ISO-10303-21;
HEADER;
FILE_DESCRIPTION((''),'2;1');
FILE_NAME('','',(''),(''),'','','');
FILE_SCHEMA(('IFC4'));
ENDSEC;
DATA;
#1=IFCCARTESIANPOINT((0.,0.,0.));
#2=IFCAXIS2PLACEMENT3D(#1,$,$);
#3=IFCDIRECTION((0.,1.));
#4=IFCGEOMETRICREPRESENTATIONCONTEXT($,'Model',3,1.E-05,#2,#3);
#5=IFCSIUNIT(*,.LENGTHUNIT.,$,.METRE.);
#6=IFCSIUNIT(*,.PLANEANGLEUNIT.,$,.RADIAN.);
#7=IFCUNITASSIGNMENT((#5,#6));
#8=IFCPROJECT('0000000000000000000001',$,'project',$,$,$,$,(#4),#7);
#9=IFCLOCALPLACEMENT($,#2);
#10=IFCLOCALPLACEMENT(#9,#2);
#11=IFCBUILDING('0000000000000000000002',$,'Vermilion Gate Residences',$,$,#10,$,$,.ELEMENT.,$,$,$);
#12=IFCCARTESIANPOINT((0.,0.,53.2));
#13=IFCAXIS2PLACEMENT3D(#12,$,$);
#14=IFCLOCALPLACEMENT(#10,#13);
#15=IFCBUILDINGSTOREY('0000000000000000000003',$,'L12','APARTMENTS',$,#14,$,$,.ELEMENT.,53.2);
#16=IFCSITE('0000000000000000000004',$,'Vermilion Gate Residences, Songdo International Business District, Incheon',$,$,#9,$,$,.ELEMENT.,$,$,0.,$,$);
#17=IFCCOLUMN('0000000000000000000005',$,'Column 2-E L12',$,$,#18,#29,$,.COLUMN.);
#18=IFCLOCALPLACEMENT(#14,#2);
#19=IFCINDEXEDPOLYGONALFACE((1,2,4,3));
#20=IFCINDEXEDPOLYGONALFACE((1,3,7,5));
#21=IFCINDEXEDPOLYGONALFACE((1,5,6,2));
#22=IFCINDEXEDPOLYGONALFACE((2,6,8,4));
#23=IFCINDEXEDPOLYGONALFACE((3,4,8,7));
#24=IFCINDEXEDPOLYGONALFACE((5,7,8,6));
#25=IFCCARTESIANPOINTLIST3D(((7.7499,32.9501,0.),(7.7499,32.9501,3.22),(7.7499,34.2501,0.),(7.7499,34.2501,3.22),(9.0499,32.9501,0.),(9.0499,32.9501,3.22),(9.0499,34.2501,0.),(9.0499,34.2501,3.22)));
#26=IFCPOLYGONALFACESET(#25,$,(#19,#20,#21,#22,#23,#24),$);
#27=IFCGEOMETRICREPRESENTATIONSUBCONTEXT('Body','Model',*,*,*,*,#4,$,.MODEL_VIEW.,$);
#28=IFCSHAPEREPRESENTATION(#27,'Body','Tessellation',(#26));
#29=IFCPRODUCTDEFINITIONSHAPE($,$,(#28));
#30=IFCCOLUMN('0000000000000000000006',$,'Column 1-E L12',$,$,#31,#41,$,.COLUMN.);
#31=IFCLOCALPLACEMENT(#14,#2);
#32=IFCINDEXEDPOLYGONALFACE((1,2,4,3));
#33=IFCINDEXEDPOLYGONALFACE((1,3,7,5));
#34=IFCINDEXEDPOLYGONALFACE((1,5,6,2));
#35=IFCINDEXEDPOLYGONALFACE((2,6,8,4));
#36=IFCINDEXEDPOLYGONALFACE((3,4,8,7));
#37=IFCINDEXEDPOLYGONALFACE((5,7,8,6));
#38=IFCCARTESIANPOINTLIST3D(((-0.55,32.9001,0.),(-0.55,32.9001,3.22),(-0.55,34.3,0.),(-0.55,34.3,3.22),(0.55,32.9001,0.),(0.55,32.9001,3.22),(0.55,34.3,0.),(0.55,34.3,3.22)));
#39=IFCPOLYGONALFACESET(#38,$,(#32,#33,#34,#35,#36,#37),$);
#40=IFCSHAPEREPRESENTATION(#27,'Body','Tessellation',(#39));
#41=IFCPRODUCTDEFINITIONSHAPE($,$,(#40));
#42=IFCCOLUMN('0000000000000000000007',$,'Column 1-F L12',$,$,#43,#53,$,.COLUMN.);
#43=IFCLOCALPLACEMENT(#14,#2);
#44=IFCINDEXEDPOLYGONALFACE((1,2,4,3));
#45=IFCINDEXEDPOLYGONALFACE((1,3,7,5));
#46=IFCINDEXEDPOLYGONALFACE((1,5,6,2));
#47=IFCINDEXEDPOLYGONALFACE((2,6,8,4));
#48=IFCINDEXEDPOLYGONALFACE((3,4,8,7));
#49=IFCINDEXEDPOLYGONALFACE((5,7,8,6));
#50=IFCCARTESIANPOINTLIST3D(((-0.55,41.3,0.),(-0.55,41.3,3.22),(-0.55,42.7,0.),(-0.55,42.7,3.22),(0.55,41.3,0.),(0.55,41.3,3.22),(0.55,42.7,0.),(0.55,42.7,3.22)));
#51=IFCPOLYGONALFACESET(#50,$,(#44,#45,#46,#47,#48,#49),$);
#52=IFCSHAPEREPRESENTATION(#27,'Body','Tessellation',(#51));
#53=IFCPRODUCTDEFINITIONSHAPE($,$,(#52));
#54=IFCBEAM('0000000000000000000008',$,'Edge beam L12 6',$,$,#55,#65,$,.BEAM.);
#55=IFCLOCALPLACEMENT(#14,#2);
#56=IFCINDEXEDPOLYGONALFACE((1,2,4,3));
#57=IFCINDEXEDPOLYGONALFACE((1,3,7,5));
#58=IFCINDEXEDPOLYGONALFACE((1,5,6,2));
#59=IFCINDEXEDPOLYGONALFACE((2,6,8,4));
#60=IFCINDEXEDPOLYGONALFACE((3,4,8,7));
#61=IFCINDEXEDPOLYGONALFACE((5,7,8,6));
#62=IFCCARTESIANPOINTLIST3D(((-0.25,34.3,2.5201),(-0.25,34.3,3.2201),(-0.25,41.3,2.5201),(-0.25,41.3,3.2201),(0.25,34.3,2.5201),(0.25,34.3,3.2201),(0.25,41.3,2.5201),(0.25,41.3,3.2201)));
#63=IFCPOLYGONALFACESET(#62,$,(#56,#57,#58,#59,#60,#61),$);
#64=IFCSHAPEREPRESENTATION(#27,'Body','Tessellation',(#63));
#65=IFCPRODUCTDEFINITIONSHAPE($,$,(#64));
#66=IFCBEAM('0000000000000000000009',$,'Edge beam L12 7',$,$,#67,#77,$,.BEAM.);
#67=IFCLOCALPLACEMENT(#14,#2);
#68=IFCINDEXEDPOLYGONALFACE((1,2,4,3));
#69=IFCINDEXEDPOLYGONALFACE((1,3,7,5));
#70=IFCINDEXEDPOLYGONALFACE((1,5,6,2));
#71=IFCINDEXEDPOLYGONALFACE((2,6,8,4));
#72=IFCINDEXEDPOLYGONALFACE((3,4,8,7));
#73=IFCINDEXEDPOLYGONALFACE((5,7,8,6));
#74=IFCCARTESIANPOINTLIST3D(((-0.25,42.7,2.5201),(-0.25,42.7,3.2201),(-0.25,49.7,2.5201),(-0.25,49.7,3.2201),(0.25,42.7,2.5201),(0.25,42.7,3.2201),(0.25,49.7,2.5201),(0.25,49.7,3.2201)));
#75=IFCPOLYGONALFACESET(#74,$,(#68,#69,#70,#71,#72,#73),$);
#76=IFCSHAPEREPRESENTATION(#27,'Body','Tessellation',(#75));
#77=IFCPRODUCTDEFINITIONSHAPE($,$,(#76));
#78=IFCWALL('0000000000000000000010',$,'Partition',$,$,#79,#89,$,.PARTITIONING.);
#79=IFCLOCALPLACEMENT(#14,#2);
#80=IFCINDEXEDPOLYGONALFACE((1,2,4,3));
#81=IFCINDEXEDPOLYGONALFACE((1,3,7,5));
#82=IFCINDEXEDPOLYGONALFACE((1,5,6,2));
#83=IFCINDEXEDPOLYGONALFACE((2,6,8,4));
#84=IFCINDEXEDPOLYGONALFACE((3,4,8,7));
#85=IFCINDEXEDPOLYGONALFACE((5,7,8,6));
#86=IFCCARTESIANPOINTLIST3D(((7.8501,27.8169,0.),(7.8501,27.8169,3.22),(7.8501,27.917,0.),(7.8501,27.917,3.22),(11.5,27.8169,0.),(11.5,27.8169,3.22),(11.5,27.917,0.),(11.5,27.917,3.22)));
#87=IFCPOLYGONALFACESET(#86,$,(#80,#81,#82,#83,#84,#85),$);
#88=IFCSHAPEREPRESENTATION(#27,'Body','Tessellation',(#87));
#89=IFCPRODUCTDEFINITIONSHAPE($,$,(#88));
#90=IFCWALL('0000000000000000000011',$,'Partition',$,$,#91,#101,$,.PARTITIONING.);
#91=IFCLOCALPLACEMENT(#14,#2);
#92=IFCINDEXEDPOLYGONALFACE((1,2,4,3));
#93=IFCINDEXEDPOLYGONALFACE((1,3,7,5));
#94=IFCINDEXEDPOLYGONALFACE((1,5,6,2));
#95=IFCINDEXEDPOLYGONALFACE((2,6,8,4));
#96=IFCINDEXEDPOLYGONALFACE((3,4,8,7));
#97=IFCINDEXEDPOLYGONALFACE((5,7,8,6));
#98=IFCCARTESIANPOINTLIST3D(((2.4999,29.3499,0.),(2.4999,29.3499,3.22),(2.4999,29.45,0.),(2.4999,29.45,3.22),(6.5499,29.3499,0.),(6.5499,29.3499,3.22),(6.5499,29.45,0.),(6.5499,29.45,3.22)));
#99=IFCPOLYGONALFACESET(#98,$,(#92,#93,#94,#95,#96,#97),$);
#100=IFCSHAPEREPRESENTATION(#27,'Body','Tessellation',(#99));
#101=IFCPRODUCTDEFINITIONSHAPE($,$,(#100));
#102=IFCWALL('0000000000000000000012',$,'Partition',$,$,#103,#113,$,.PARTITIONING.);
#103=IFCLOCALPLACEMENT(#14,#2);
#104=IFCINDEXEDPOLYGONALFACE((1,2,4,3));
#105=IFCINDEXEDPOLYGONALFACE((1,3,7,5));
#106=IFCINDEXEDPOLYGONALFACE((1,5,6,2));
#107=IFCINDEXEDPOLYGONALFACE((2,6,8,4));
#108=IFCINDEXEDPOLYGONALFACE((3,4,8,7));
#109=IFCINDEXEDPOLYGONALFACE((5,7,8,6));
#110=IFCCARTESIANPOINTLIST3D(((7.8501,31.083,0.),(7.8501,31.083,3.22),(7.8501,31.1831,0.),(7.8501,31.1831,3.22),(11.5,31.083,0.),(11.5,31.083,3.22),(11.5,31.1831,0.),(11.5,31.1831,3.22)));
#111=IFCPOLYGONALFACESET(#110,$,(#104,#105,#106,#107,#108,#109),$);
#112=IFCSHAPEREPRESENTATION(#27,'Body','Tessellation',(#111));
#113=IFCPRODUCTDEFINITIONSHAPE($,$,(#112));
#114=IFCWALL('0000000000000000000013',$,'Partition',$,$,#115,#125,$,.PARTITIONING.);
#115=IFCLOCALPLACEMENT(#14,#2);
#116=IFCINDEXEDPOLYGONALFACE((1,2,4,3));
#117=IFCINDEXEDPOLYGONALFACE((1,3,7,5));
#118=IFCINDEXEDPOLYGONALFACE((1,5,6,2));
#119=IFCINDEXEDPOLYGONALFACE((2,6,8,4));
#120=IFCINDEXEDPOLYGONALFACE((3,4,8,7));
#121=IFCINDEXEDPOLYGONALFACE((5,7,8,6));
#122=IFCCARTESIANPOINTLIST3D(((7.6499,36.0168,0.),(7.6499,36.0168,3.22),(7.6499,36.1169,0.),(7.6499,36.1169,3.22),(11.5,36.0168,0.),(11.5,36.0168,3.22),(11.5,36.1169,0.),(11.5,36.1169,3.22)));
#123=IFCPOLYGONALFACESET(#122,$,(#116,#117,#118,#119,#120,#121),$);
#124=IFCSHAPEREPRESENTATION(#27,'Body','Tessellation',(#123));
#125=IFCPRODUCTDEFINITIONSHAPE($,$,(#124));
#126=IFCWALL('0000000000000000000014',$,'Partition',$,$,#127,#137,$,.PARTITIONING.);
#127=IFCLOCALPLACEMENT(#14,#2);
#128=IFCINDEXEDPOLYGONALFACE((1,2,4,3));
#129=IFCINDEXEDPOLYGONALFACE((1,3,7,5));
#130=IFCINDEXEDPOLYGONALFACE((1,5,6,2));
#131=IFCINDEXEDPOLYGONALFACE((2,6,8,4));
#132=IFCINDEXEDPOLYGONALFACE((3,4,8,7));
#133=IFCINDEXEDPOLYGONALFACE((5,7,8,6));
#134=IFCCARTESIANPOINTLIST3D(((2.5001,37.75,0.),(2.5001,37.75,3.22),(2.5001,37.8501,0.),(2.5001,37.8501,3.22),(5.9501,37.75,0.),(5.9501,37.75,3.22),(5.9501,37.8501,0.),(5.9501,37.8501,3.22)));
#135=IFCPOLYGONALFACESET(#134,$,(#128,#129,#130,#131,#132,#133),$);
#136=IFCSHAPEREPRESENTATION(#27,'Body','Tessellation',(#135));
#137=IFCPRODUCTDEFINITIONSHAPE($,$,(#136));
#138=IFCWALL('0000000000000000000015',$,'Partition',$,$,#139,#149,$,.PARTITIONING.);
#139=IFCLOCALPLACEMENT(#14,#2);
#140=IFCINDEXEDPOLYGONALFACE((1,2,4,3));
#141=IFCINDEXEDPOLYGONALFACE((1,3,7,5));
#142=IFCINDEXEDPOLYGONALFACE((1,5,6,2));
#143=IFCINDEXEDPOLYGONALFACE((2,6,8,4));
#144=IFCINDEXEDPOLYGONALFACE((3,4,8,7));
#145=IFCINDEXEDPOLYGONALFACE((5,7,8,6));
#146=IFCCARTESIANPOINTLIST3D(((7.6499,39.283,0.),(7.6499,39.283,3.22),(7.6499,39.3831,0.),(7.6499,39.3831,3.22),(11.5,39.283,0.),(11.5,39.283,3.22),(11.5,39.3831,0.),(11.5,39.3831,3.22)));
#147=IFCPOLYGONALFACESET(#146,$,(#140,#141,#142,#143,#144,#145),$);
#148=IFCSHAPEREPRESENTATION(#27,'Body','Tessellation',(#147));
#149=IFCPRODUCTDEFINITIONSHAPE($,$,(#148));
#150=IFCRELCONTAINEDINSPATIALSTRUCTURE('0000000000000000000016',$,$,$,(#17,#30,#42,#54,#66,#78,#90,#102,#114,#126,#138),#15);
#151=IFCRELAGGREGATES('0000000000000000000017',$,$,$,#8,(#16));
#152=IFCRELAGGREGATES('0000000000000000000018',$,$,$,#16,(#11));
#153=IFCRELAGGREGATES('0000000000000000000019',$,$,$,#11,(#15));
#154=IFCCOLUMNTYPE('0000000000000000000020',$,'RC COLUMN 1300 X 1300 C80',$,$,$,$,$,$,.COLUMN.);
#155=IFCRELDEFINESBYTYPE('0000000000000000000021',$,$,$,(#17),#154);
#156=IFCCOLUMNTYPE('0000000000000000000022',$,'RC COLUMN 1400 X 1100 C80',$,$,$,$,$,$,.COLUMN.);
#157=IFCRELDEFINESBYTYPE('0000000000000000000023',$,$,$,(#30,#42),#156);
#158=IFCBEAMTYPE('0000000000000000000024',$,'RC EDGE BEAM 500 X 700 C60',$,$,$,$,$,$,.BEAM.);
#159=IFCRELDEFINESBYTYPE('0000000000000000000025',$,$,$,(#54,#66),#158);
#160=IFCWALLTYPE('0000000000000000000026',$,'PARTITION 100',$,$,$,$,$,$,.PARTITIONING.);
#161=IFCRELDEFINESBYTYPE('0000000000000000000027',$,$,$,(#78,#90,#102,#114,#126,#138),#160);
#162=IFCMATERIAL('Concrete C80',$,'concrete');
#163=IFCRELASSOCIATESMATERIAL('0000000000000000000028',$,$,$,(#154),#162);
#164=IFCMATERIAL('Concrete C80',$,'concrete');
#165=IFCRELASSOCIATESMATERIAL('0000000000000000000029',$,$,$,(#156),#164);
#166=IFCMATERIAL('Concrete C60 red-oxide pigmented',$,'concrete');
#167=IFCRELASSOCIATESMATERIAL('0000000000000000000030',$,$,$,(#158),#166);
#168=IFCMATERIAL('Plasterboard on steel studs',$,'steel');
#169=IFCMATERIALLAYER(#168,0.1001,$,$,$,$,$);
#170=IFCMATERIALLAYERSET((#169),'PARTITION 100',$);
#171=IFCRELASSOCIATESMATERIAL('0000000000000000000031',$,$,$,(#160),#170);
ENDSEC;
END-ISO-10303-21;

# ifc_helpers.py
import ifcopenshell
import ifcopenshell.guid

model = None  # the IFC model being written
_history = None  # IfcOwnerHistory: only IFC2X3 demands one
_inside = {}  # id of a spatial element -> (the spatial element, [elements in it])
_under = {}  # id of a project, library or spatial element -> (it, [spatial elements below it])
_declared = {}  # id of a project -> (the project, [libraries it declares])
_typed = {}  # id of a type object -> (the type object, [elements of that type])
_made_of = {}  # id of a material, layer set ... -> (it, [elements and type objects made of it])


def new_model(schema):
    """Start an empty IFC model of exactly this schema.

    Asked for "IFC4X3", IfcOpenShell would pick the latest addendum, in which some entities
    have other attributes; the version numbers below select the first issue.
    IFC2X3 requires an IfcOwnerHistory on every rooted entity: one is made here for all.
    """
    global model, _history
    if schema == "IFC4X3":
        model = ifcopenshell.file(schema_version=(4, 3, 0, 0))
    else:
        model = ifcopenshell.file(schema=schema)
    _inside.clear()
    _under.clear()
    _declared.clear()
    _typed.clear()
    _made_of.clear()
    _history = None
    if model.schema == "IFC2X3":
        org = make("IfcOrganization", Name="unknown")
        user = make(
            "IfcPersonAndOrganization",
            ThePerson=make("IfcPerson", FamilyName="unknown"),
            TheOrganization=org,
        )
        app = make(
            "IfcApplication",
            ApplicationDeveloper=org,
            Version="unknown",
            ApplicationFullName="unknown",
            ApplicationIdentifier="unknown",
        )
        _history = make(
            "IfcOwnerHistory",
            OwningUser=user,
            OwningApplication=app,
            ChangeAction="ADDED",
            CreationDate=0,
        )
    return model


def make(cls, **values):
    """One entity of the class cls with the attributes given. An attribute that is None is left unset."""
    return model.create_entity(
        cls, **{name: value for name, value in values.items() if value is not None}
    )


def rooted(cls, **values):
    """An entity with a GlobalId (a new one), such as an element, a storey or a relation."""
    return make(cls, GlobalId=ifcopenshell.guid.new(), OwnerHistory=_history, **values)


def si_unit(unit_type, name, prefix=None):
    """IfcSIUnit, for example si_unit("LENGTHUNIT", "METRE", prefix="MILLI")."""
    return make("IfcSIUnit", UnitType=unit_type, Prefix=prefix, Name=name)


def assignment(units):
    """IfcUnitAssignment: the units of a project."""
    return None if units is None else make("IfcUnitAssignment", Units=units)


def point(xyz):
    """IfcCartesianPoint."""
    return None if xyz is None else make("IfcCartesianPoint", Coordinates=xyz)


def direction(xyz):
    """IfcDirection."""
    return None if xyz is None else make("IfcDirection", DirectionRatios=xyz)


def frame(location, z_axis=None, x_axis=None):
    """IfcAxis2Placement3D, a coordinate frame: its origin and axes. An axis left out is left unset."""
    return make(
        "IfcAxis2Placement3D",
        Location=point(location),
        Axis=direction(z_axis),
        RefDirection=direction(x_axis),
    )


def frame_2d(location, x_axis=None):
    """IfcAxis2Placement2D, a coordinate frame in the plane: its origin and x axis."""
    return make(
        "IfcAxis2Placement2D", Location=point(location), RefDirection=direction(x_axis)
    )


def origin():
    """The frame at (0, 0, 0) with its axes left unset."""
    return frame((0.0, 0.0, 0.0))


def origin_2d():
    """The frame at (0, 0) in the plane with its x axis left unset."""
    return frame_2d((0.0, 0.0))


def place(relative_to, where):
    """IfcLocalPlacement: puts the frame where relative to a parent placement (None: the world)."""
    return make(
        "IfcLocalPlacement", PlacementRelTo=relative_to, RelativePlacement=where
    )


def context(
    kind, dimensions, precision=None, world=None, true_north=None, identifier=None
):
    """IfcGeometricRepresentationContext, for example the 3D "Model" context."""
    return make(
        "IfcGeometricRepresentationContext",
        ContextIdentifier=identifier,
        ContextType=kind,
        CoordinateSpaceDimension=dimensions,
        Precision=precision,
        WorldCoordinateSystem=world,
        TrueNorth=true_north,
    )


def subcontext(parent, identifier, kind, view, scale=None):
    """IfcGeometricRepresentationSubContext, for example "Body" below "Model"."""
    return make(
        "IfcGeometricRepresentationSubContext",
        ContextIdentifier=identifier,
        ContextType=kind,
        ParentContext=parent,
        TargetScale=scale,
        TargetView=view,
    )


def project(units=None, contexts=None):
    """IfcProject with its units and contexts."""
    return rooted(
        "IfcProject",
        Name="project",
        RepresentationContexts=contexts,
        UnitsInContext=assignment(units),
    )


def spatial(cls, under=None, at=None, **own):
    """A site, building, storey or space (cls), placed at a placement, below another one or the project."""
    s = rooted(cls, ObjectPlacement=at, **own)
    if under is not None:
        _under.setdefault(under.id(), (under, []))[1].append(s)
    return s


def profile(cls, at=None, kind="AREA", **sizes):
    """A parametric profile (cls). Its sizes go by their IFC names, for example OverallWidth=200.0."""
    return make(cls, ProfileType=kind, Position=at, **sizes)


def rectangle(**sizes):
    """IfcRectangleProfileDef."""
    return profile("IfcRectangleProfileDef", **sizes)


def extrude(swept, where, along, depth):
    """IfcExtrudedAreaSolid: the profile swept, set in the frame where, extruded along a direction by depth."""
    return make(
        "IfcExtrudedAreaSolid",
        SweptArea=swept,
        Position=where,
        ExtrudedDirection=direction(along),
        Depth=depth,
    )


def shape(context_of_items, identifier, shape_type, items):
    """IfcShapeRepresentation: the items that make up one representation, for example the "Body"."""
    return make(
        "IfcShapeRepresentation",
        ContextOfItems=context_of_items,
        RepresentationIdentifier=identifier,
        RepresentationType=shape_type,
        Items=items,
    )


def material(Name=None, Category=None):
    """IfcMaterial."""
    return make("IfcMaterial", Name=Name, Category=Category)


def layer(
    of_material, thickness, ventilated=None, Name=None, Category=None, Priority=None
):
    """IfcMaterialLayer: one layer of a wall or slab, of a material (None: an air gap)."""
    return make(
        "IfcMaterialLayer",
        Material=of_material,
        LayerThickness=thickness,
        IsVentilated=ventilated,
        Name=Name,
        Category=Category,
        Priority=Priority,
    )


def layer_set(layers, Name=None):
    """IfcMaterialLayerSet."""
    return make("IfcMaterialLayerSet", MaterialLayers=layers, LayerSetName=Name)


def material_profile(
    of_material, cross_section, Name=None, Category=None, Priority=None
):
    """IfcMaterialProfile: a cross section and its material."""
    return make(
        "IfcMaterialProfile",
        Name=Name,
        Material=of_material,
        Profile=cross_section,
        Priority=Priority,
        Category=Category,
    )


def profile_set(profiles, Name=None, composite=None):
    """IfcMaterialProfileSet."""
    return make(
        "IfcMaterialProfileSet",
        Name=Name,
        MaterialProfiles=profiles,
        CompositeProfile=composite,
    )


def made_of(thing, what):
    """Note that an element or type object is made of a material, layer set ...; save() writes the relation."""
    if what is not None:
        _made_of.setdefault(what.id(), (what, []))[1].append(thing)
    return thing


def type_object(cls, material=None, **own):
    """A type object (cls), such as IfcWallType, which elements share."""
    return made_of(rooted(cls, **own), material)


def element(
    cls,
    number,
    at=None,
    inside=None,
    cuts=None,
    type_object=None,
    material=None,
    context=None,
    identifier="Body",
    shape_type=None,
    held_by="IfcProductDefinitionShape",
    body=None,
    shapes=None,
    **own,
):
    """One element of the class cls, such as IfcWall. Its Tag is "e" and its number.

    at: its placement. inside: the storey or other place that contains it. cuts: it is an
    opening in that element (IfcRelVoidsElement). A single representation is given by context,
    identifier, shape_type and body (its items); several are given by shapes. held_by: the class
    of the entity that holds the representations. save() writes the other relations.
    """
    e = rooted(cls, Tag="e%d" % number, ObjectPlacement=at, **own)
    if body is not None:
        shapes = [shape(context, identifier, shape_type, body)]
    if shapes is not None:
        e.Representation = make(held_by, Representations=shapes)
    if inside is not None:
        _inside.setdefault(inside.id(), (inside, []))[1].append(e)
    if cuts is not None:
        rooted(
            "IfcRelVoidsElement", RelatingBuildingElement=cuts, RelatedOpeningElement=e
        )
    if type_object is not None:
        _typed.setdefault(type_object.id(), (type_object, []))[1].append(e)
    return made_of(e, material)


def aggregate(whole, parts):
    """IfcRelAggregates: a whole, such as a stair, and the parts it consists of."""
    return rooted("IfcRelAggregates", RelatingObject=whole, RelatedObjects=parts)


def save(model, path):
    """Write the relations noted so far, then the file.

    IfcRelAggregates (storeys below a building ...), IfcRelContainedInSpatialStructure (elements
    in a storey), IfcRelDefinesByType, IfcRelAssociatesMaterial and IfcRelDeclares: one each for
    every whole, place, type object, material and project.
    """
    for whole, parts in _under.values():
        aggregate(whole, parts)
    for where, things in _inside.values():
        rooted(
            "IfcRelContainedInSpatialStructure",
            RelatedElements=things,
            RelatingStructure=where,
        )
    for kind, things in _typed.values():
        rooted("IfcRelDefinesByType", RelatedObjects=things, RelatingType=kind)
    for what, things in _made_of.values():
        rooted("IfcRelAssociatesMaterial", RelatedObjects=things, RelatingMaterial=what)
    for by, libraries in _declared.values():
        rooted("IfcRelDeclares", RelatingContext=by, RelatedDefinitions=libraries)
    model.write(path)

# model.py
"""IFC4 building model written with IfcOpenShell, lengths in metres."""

from ifc_helpers import new_model, si_unit, direction, frame, frame_2d, origin, origin_2d, place, context, subcontext, project, spatial, rectangle, extrude, material, layer, layer_set, material_profile, profile_set, type_object, element, save


model = new_model("IFC4")

# Units and contexts
model_context = context("Model", 3, precision=1e-05, world=origin(), true_north=direction((0.0, 1.0)))
body_context = subcontext(model_context, "Body", "Model", "MODEL_VIEW")
ifc_project = project(units=[si_unit("LENGTHUNIT", "METRE"), si_unit("PLANEANGLEUNIT", "RADIAN")], contexts=[model_context])

# Site, building, storey
site_placement = place(None, origin())
site = spatial("IfcSite", under=ifc_project, at=site_placement, Name="Vermilion Gate Residences, Songdo International Business District, Incheon", CompositionType="ELEMENT", RefElevation=0.0)
building_placement = place(site_placement, origin())
building = spatial("IfcBuilding", under=site, at=building_placement, Name="Vermilion Gate Residences", CompositionType="ELEMENT")
storey_placement = place(building_placement, frame((0.0, 0.0, 53.2)))
storey = spatial("IfcBuildingStorey", under=building, at=storey_placement, Name="L12", Description="APARTMENTS", CompositionType="ELEMENT", Elevation=53.2)

# Columns
ifc_material_1 = material(Name="Concrete C80", Category="concrete")
ifc_material_profile_1 = material_profile(ifc_material_1, rectangle(XDim=1.3, YDim=1.3, at=origin_2d()), Name="RC-1300x1300")
ifc_profile_set_1 = profile_set([ifc_material_profile_1], Name="Concrete C80")
column_type_1 = type_object("IfcColumnType", Name="RC COLUMN 1300 X 1300 C80", PredefinedType="COLUMN", material=ifc_profile_set_1)
column_placement = place(storey_placement, frame((8.3999, 33.6001, 0.0), z_axis=(0.0, 0.0, 1.0), x_axis=(1.0, 0.0, 0.0)))
element("IfcColumn", 1, at=column_placement, inside=storey, type_object=column_type_1, Name="Column 2-E L12", PredefinedType="COLUMN", context=body_context, shape_type="SweptSolid", body=[
    extrude(rectangle(XDim=1.3, YDim=1.3, at=origin_2d()), origin(), (0.0, 0.0, 1.0), 3.22),
])
ifc_material_2 = material(Name="Concrete C80", Category="concrete")
ifc_material_profile_2 = material_profile(ifc_material_2, rectangle(XDim=1.3999, YDim=1.1001, at=origin_2d()), Name="RC-1400x1100")
ifc_profile_set_2 = profile_set([ifc_material_profile_2], Name="Concrete C80")
column_type_2 = type_object("IfcColumnType", Name="RC COLUMN 1400 X 1100 C80", PredefinedType="COLUMN", material=ifc_profile_set_2)
for number, where, z_axis, x_axis, name in (
    (2, (0.0, 33.6001, 0.0), (0.0, 0.0, 1.0), (0.0, 1.0, 0.0), "Column 1-E L12"),
    (3, (0.0, 42.0, 0.0), (0.0, 0.0, 1.0), (0.0, 1.0, 0.0), "Column 1-F L12"),
):
    element("IfcColumn", number, at=place(storey_placement, frame(where, z_axis=z_axis, x_axis=x_axis)), inside=storey, type_object=column_type_2, Name=name, PredefinedType="COLUMN", context=body_context, shape_type="SweptSolid", body=[
        extrude(rectangle(XDim=1.3999, YDim=1.1001, at=origin_2d()), origin(), (0.0, 0.0, 1.0), 3.22),
    ])

# Beams
ifc_material_3 = material(Name="Concrete C60 red-oxide pigmented", Category="concrete")
ifc_material_profile_3 = material_profile(ifc_material_3, rectangle(XDim=0.5, YDim=0.7, at=origin_2d()), Name="RC-500x700")
ifc_profile_set_3 = profile_set([ifc_material_profile_3], Name="Concrete C60 red-oxide pigmented")
beam_type = type_object("IfcBeamType", Name="RC EDGE BEAM 500 X 700 C60", PredefinedType="BEAM", material=ifc_profile_set_3)
for number, where, z_axis, x_axis, name in (
    (4, (0.0, 34.3, 2.8701), (0.0, 1.0, 0.0), (-1.0, 0.0, 0.0), "Edge beam L12 6"),
    (5, (0.0, 42.7, 2.8701), (0.0, 1.0, 0.0), (-1.0, 0.0, 0.0), "Edge beam L12 7"),
):
    element("IfcBeam", number, at=place(storey_placement, frame(where, z_axis=z_axis, x_axis=x_axis)), inside=storey, type_object=beam_type, Name=name, PredefinedType="BEAM", context=body_context, shape_type="SweptSolid", body=[
        extrude(rectangle(XDim=0.5, YDim=0.7, at=origin_2d()), origin(), (0.0, 0.0, 1.0), 7.0),
    ])

# Walls
ifc_material_4 = material(Name="Plasterboard on steel studs", Category="steel")
ifc_layer_1 = layer(ifc_material_4, 0.1001)
ifc_layer_set_1 = layer_set([ifc_layer_1], Name="PARTITION 100")
wall_type_1 = type_object("IfcWallType", Name="PARTITION 100", PredefinedType="PARTITIONING", material=ifc_layer_set_1)
wall_1_placement = place(storey_placement, frame((7.8501, 27.8669, 0.0), z_axis=(0.0, 0.0, 1.0), x_axis=(1.0, 0.0, 0.0)))
element("IfcWall", 6, at=wall_1_placement, inside=storey, type_object=wall_type_1, Name="Partition", PredefinedType="PARTITIONING", context=body_context, shape_type="SweptSolid", body=[
    extrude(rectangle(XDim=3.6499, YDim=0.1001, at=frame_2d((1.825, 0.0))), origin(), (0.0, 0.0, 1.0), 3.22),
])
wall_2_placement = place(storey_placement, frame((2.5, 29.3999, 0.0), z_axis=(0.0, 0.0, 1.0), x_axis=(1.0, 0.0, 0.0)))
element("IfcWall", 7, at=wall_2_placement, inside=storey, type_object=wall_type_1, Name="Partition", PredefinedType="PARTITIONING", context=body_context, shape_type="SweptSolid", body=[
    extrude(rectangle(XDim=4.05, YDim=0.1001, at=frame_2d((2.0249, 0.0))), origin(), (0.0, 0.0, 1.0), 3.22),
])
wall_3_placement = place(storey_placement, frame((7.8501, 31.1331, 0.0), z_axis=(0.0, 0.0, 1.0), x_axis=(1.0, 0.0, 0.0)))
element("IfcWall", 8, at=wall_3_placement, inside=storey, type_object=wall_type_1, Name="Partition", PredefinedType="PARTITIONING", context=body_context, shape_type="SweptSolid", body=[
    extrude(rectangle(XDim=3.6499, YDim=0.1001, at=frame_2d((1.825, 0.0))), origin(), (0.0, 0.0, 1.0), 3.22),
])
wall_4_placement = place(storey_placement, frame((7.6499, 36.0669, 0.0), z_axis=(0.0, 0.0, 1.0), x_axis=(1.0, 0.0, 0.0)))
element("IfcWall", 9, at=wall_4_placement, inside=storey, type_object=wall_type_1, Name="Partition", PredefinedType="PARTITIONING", context=body_context, shape_type="SweptSolid", body=[
    extrude(rectangle(XDim=3.8501, YDim=0.1001, at=frame_2d((1.925, 0.0))), origin(), (0.0, 0.0, 1.0), 3.22),
])
wall_5_placement = place(storey_placement, frame((2.5, 37.8, 0.0), z_axis=(0.0, 0.0, 1.0), x_axis=(1.0, 0.0, 0.0)))
element("IfcWall", 10, at=wall_5_placement, inside=storey, type_object=wall_type_1, Name="Partition", PredefinedType="PARTITIONING", context=body_context, shape_type="SweptSolid", body=[
    extrude(rectangle(XDim=3.45, YDim=0.1001, at=frame_2d((1.7251, 0.0))), origin(), (0.0, 0.0, 1.0), 3.22),
])
wall_6_placement = place(storey_placement, frame((7.6499, 39.333, 0.0), z_axis=(0.0, 0.0, 1.0), x_axis=(1.0, 0.0, 0.0)))
element("IfcWall", 11, at=wall_6_placement, inside=storey, type_object=wall_type_1, Name="Partition", PredefinedType="PARTITIONING", context=body_context, shape_type="SweptSolid", body=[
    extrude(rectangle(XDim=3.8501, YDim=0.1001, at=frame_2d((1.925, 0.0))), origin(), (0.0, 0.0, 1.0), 3.22),
])

save(model, "model.ifc")
